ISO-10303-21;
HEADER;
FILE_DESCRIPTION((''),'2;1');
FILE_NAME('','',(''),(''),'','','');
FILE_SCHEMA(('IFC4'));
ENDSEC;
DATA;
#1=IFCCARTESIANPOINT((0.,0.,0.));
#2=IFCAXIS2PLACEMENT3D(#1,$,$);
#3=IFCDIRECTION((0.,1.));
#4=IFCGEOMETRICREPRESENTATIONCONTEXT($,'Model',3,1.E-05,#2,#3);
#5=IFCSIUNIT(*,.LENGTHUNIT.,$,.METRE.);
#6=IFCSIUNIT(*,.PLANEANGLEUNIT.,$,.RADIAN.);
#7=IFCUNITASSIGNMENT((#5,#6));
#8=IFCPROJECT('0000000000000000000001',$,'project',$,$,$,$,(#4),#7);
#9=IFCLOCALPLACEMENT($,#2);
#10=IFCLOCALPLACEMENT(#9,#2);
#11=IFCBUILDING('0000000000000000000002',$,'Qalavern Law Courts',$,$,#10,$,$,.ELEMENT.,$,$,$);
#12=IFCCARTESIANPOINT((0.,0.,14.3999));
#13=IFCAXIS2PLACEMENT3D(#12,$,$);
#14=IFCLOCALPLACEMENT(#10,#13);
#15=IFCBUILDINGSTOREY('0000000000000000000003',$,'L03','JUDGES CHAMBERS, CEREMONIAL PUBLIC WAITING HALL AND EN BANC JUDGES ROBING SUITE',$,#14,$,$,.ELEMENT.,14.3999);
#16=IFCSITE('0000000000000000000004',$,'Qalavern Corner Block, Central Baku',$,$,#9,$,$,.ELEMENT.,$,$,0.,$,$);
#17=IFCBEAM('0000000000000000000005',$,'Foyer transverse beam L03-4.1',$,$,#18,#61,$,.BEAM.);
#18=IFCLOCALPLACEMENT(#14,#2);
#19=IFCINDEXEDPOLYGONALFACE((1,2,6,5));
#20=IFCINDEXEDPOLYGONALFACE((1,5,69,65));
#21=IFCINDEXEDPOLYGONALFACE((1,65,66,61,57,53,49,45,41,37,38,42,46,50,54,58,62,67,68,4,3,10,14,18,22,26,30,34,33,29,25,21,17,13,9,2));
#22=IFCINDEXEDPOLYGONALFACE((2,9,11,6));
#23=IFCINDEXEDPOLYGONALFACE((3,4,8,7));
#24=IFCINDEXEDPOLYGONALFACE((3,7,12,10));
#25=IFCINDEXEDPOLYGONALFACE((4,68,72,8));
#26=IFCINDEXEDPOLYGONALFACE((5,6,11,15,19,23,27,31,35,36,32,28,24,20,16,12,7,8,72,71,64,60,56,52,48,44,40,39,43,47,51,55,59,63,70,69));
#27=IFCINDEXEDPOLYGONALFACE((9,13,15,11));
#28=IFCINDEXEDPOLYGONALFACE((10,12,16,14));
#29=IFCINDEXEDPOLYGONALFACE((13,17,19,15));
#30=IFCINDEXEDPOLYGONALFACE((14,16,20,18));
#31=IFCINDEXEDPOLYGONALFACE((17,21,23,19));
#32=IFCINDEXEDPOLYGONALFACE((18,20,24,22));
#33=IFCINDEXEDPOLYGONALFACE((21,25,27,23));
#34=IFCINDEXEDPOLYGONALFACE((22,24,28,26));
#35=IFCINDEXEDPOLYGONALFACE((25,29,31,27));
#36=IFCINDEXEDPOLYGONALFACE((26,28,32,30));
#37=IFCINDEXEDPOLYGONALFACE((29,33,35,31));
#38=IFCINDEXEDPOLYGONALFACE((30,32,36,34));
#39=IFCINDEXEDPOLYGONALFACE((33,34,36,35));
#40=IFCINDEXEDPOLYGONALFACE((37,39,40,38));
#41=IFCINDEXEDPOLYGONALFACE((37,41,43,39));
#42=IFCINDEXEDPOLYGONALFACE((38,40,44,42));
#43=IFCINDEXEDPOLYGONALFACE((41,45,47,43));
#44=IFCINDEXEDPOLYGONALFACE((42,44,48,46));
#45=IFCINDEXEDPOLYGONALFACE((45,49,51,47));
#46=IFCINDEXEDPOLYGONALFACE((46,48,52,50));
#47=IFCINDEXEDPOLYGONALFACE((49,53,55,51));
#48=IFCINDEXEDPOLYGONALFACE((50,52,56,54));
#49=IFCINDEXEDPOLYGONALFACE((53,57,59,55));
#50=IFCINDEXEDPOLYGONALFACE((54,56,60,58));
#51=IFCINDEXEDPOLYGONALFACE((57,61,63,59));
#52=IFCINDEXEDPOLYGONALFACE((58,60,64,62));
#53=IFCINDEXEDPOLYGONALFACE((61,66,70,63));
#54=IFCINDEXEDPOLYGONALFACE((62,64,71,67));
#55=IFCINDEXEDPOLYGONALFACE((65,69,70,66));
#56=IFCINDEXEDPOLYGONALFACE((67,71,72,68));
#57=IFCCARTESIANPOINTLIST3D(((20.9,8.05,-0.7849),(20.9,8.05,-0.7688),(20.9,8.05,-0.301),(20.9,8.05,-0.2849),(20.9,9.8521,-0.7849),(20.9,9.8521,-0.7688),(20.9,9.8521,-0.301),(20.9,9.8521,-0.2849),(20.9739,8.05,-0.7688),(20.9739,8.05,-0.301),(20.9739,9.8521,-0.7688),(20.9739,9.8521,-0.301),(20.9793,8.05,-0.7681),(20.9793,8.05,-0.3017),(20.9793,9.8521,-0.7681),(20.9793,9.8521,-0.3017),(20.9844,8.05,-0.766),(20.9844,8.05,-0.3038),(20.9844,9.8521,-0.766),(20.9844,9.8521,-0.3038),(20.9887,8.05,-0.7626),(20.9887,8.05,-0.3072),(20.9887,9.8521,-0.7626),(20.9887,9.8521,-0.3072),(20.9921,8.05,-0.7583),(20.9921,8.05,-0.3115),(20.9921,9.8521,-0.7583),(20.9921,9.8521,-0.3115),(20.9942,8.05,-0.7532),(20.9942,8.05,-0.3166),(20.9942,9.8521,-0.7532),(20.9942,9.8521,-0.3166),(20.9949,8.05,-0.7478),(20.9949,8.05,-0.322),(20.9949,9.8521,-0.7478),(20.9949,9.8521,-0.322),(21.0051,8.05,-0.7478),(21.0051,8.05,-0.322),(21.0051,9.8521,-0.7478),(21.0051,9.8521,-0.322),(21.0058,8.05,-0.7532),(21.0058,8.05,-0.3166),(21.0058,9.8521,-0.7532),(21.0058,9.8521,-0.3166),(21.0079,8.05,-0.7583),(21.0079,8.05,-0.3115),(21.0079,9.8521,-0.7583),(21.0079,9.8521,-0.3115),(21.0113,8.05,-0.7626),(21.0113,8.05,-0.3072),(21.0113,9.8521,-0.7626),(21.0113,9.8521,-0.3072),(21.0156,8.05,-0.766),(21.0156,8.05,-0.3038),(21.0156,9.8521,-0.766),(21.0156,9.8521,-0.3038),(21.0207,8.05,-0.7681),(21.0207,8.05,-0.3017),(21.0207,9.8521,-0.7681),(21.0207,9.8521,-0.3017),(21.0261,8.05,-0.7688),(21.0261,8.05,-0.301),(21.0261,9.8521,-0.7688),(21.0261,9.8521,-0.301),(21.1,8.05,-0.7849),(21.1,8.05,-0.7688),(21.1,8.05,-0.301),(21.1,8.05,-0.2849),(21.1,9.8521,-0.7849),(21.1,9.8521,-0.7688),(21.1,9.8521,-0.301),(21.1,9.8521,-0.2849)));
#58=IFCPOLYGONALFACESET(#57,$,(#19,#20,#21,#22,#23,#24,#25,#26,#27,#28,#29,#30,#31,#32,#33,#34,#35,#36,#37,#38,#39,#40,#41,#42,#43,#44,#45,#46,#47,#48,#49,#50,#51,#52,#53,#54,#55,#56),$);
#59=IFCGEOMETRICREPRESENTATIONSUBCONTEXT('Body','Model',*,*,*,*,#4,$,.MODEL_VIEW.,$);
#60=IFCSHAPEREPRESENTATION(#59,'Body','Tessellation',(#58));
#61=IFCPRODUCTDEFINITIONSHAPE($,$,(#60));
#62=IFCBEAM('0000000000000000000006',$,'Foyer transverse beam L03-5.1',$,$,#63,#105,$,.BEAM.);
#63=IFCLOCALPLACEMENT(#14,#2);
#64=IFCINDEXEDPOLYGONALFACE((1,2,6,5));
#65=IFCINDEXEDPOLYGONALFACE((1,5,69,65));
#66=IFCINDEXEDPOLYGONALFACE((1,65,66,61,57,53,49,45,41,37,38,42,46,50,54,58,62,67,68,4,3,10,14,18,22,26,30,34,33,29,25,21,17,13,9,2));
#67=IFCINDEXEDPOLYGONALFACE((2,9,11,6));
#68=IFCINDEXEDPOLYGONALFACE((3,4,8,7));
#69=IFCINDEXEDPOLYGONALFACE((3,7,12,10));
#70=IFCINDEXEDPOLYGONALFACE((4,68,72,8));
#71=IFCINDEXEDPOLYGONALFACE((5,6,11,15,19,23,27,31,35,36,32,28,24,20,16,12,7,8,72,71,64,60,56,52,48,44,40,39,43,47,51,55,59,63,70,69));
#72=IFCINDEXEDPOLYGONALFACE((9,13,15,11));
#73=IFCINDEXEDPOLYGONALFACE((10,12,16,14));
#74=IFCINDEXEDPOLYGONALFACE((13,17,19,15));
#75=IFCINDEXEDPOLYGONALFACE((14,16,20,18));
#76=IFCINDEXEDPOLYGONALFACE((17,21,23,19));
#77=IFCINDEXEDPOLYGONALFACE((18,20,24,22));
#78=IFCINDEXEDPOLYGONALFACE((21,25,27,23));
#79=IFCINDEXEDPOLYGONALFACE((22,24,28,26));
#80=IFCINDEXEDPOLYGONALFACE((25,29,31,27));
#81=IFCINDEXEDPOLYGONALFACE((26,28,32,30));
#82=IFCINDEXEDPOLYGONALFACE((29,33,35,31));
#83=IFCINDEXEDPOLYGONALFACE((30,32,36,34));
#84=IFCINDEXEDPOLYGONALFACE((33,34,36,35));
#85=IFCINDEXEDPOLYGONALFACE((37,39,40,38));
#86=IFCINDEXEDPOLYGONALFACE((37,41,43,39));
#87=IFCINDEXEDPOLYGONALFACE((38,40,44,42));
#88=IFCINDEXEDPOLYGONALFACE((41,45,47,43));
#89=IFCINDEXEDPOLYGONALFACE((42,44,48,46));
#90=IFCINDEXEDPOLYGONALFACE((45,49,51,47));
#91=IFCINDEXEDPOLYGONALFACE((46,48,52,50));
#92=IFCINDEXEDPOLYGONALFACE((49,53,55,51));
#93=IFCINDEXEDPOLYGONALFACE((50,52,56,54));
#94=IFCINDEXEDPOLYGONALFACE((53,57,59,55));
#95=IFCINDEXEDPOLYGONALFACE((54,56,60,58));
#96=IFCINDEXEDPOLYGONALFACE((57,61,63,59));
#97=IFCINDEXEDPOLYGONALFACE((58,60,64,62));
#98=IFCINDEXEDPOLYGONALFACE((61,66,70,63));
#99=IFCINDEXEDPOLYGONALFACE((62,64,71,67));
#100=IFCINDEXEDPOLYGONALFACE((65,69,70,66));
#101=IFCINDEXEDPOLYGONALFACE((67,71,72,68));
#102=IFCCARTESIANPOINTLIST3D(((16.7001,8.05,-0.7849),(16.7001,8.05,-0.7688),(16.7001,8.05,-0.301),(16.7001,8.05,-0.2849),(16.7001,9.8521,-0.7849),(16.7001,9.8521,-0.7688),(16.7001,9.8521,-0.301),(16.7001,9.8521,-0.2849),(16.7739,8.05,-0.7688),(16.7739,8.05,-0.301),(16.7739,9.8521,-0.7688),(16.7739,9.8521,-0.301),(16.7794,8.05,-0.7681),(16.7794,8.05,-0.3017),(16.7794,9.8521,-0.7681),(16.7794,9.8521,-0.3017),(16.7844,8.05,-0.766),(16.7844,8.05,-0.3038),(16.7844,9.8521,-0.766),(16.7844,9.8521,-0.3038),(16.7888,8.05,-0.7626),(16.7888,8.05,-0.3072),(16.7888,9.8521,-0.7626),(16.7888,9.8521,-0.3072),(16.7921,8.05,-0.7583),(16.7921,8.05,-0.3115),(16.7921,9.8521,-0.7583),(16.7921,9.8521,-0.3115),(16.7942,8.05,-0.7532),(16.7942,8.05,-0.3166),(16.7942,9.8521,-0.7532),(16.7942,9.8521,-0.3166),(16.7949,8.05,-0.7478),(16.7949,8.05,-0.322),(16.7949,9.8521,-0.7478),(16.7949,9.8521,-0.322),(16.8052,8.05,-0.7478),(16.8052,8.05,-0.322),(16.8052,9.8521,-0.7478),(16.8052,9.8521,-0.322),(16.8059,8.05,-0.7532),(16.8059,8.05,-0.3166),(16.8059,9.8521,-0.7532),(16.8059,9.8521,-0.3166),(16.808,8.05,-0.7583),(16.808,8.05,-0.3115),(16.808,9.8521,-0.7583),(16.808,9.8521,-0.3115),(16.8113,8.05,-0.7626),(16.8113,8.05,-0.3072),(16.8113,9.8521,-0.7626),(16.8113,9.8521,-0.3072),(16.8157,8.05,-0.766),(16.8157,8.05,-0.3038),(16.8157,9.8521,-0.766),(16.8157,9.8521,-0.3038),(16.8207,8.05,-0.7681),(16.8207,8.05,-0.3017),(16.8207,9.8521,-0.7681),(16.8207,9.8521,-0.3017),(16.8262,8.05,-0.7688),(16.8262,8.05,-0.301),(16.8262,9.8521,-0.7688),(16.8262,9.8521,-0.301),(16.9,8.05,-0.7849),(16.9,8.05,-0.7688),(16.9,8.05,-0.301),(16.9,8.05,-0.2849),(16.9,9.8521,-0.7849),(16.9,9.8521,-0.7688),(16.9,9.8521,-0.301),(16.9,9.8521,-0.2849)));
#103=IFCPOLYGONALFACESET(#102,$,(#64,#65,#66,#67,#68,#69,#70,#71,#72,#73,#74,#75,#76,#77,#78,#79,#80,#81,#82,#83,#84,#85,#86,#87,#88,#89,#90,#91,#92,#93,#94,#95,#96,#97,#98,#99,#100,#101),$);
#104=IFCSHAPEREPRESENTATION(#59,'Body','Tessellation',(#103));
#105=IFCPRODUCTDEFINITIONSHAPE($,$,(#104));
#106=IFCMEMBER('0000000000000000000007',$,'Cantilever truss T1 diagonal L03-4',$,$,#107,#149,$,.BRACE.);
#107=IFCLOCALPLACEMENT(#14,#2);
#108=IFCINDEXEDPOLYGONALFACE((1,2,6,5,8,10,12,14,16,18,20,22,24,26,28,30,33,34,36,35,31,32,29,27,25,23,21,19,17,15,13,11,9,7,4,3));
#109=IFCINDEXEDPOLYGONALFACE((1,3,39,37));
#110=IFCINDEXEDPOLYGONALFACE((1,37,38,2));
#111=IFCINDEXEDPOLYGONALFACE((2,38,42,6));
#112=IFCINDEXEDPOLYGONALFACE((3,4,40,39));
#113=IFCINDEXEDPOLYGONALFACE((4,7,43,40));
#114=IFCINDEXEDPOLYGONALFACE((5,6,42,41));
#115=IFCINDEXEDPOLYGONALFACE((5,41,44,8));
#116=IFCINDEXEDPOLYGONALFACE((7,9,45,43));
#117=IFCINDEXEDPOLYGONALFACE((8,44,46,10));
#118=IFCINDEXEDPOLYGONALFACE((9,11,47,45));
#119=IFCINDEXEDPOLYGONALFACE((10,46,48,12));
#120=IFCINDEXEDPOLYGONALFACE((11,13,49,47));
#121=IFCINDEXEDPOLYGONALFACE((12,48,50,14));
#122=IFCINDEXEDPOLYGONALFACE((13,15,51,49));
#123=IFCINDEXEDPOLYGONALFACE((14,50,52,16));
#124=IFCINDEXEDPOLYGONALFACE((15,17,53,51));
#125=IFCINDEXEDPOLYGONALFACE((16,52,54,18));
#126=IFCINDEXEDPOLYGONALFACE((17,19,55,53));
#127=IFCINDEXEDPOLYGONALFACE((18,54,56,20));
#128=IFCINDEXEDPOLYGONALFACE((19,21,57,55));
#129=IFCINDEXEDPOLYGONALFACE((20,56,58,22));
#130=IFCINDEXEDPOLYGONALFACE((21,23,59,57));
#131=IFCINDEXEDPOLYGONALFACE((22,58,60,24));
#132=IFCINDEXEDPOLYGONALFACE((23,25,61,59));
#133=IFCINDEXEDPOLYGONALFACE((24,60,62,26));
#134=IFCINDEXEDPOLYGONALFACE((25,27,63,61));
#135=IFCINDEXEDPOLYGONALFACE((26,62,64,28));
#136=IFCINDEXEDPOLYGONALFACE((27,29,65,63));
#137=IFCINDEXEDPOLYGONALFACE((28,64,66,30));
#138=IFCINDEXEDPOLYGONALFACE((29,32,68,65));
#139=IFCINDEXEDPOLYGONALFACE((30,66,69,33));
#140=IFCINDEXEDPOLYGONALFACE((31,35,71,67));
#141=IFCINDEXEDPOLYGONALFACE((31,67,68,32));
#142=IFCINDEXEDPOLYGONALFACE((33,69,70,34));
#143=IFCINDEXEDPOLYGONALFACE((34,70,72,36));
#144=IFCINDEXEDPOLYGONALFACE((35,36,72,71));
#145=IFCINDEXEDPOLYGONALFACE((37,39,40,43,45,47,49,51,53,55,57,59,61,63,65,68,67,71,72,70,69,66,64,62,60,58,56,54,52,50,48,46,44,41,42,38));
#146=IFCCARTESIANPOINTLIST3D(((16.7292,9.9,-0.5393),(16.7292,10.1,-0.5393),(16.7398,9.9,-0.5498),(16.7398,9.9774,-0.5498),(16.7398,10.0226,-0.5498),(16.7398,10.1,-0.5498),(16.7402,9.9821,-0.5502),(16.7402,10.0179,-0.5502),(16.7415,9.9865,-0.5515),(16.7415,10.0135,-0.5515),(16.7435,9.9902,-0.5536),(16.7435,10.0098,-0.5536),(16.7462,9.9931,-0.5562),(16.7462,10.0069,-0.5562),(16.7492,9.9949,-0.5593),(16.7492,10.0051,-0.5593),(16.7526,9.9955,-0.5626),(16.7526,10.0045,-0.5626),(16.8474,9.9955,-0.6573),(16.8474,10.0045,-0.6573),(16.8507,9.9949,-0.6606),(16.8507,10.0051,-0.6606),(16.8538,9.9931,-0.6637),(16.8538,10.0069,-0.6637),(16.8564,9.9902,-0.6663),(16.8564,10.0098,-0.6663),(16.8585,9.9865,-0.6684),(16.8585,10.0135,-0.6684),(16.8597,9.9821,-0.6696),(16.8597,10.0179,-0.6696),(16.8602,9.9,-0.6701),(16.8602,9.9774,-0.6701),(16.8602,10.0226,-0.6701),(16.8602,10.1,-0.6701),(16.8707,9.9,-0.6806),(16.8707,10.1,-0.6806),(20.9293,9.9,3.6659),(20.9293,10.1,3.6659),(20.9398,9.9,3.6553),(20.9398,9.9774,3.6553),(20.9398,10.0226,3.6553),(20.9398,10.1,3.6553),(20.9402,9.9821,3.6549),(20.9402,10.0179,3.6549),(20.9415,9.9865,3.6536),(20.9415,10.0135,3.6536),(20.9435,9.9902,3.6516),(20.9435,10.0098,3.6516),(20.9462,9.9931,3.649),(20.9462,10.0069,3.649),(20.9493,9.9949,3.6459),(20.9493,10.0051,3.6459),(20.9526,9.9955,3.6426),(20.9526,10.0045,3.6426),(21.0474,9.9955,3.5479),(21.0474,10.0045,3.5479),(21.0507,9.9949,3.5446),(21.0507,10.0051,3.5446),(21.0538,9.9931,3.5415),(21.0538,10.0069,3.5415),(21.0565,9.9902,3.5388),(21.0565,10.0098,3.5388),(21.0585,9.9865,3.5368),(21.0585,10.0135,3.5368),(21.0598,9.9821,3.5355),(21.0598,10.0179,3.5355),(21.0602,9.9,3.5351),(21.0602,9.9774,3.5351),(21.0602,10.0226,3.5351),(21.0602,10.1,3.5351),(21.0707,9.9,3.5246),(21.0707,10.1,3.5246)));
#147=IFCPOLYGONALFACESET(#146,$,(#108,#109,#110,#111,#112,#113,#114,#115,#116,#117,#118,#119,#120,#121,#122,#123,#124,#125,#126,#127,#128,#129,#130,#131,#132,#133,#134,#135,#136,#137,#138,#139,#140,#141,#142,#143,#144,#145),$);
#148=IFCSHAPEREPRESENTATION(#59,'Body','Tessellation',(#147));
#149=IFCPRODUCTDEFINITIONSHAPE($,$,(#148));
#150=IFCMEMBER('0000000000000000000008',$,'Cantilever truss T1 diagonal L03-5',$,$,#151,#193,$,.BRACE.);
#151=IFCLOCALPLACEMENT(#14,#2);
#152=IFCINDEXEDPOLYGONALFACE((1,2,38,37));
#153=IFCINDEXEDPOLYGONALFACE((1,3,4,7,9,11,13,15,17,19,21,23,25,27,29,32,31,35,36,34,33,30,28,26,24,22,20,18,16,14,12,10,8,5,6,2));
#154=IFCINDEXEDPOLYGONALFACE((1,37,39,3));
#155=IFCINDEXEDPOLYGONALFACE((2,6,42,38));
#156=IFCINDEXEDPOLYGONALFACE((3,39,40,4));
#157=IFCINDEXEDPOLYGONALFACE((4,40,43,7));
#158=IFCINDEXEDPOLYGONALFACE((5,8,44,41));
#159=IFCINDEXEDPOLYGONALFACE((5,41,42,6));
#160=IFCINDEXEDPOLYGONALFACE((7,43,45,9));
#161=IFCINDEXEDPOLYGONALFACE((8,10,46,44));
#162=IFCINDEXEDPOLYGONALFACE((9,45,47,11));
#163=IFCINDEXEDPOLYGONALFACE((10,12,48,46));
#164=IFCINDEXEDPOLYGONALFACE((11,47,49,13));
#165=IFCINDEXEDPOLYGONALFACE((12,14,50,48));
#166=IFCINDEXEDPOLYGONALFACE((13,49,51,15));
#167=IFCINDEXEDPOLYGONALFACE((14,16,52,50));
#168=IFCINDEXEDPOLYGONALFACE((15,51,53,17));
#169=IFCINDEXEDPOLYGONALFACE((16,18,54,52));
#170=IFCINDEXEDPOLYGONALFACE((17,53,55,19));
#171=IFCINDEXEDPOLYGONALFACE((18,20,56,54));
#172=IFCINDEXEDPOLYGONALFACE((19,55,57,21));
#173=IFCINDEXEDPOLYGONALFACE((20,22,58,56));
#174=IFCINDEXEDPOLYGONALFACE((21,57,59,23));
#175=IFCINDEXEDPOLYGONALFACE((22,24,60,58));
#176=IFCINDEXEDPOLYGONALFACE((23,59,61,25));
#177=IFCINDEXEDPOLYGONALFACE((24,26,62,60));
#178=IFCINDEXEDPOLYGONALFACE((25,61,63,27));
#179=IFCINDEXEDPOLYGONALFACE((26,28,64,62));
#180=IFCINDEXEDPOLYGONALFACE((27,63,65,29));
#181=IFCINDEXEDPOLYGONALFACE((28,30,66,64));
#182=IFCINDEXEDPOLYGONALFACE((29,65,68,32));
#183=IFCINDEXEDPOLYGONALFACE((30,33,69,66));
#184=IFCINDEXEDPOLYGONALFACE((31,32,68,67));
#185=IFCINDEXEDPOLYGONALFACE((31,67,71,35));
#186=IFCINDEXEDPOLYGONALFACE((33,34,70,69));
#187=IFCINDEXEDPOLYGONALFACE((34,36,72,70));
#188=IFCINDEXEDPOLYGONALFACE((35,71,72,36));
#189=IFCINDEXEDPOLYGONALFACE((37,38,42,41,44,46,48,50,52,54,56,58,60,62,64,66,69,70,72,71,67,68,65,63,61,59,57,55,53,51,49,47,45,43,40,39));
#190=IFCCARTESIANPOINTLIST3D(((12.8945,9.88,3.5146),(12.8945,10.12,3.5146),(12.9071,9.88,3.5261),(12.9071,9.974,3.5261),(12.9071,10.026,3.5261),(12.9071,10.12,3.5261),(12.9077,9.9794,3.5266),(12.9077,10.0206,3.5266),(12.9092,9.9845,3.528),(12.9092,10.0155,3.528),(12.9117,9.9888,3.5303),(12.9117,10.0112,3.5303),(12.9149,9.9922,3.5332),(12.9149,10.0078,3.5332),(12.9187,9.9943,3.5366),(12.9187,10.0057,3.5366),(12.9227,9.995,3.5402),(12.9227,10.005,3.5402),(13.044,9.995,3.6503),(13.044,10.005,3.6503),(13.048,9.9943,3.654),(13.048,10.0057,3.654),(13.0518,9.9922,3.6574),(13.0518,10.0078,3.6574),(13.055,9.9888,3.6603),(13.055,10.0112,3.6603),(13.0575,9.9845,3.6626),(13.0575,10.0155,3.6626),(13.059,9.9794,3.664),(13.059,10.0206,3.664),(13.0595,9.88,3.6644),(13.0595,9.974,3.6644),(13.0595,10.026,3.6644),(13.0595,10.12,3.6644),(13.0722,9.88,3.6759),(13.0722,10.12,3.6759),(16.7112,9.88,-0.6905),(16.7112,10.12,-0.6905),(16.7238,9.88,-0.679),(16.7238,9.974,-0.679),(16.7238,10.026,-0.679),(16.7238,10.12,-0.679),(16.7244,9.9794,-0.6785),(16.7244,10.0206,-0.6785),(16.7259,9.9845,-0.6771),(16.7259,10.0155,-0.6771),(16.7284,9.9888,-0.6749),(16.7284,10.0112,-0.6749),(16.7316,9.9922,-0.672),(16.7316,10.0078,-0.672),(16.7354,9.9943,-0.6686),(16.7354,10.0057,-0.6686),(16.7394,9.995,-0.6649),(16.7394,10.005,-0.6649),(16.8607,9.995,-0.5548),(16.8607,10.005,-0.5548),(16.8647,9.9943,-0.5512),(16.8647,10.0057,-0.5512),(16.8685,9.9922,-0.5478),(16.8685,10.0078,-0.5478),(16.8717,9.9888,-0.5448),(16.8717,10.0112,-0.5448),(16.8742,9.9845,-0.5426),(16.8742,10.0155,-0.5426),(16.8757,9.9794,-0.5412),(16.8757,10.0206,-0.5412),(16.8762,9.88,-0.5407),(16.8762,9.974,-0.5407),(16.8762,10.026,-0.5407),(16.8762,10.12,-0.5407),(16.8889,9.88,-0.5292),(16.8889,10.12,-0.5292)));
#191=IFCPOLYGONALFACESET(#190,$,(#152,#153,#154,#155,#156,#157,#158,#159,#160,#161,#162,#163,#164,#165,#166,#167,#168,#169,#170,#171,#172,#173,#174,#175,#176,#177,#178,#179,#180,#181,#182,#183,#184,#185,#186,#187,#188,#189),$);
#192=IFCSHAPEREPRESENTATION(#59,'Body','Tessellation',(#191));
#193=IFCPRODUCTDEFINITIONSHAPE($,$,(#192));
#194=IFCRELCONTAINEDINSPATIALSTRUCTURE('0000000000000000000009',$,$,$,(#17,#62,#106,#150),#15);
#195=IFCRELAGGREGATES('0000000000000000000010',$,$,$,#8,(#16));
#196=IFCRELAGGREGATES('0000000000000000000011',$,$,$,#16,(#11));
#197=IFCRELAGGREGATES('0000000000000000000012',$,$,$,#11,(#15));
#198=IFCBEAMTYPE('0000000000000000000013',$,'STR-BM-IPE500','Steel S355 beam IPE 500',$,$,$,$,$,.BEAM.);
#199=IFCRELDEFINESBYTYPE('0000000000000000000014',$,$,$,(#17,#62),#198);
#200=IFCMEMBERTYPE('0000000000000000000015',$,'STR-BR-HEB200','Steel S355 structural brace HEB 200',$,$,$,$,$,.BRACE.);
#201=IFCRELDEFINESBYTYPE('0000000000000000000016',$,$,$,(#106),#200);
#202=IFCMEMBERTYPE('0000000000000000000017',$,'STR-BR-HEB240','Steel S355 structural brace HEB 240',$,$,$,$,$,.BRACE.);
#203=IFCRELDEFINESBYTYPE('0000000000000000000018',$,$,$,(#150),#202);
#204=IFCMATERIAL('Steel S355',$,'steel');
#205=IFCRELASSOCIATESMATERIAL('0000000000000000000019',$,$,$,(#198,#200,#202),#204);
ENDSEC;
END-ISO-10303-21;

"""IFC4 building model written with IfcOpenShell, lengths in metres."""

from ifc_helpers import new_model, si_unit, direction, frame, origin, origin_2d, place, context, subcontext, project, spatial, i_section, extrude, material, material_profile, profile_set, type_object, element, save


model = new_model("IFC4")

# Units and contexts
model_context = context("Model", 3, precision=1e-05, world=origin(), true_north=direction((0.0, 1.0)))
body_context = subcontext(model_context, "Body", "Model", "MODEL_VIEW")
ifc_project = project(units=[si_unit("LENGTHUNIT", "METRE"), si_unit("PLANEANGLEUNIT", "RADIAN")], contexts=[model_context])

# Site, building, storey
site_placement = place(None, origin())
site = spatial("IfcSite", under=ifc_project, at=site_placement, Name="Qalavern Corner Block, Central Baku", CompositionType="ELEMENT", RefElevation=0.0)
building_placement = place(site_placement, origin())
building = spatial("IfcBuilding", under=site, at=building_placement, Name="Qalavern Law Courts", CompositionType="ELEMENT")
storey_placement = place(building_placement, frame((0.0, 0.0, 14.3999)))
storey = spatial("IfcBuildingStorey", under=building, at=storey_placement, Name="L03", Description="JUDGES CHAMBERS, CEREMONIAL PUBLIC WAITING HALL AND EN BANC JUDGES ROBING SUITE", CompositionType="ELEMENT", Elevation=14.3999)

# Beams
ifc_material_1 = material(Name="Steel S355", Category="steel")
ifc_material_profile_1 = material_profile(ifc_material_1, i_section(OverallWidth=0.2, OverallDepth=0.5, WebThickness=0.0103, FlangeThickness=0.0161, FilletRadius=0.021, at=origin_2d()), Name="IPE 500")
ifc_profile_set_1 = profile_set([ifc_material_profile_1], Name="Steel S355")
beam_type = type_object("IfcBeamType", Name="STR-BM-IPE500", Description="Steel S355 beam IPE 500", PredefinedType="BEAM", material=ifc_profile_set_1)
for number, where, z_axis, x_axis, name in (
    (1, (21.0, 8.05, -0.5349), (0.0, 1.0, 0.0), (-1.0, 0.0, 0.0), "Foyer transverse beam L03-4.1"),
    (2, (16.8, 8.05, -0.5349), (0.0, 1.0, 0.0), (-1.0, 0.0, 0.0), "Foyer transverse beam L03-5.1"),
):
    element("IfcBeam", number, at=place(storey_placement, frame(where, z_axis=z_axis, x_axis=x_axis)), inside=storey, type_object=beam_type, Name=name, PredefinedType="BEAM", context=body_context, shape_type="SweptSolid", body=[
        extrude(i_section(OverallWidth=0.2, OverallDepth=0.5, WebThickness=0.0103, FlangeThickness=0.0161, FilletRadius=0.021, at=origin_2d()), origin(), (0.0, 0.0, 1.0), 1.802),
    ])

# Members
ifc_material_profile_2 = material_profile(ifc_material_1, i_section(OverallWidth=0.2, OverallDepth=0.2, WebThickness=0.009, FlangeThickness=0.0149, FilletRadius=0.0181, at=origin_2d()), Name="HEB 200")
ifc_profile_set_2 = profile_set([ifc_material_profile_2], Name="Steel S355")
member_type_1 = type_object("IfcMemberType", Name="STR-BR-HEB200", Description="Steel S355 structural brace HEB 200", PredefinedType="BRACE", material=ifc_profile_set_2)
member_1_placement = place(storey_placement, frame((21.0, 10.0, 3.5952), z_axis=(-0.706675, 0.0, -0.707538), x_axis=(0.0, -1.0, 0.0)))
element("IfcMember", 3, at=member_1_placement, inside=storey, type_object=member_type_1, Name="Cantilever truss T1 diagonal L03-4", PredefinedType="BRACE", context=body_context, shape_type="SweptSolid", body=[
    extrude(i_section(OverallWidth=0.2, OverallDepth=0.2, WebThickness=0.009, FlangeThickness=0.0149, FilletRadius=0.0181, at=origin_2d()), origin(), (0.0, 0.0, 1.0), 5.9434),
])
ifc_material_profile_3 = material_profile(ifc_material_1, i_section(OverallWidth=0.24, OverallDepth=0.24, WebThickness=0.01, FlangeThickness=0.0171, FilletRadius=0.021, at=origin_2d()), Name="HEB 240")
ifc_profile_set_3 = profile_set([ifc_material_profile_3], Name="Steel S355")
member_type_2 = type_object("IfcMemberType", Name="STR-BR-HEB240", Description="Steel S355 structural brace HEB 240", PredefinedType="BRACE", material=ifc_profile_set_3)
member_2_placement = place(storey_placement, frame((16.8, 10.0, -0.6099), z_axis=(-0.67208, 0.0, 0.740479), x_axis=(0.0, -1.0, 0.0)))
element("IfcMember", 4, at=member_2_placement, inside=storey, type_object=member_type_2, Name="Cantilever truss T1 diagonal L03-5", PredefinedType="BRACE", context=body_context, shape_type="SweptSolid", body=[
    extrude(i_section(OverallWidth=0.24, OverallDepth=0.24, WebThickness=0.01, FlangeThickness=0.0171, FilletRadius=0.021, at=origin_2d()), origin(), (0.0, 0.0, 1.0), 5.679),
])

save(model, "model.ifc")
